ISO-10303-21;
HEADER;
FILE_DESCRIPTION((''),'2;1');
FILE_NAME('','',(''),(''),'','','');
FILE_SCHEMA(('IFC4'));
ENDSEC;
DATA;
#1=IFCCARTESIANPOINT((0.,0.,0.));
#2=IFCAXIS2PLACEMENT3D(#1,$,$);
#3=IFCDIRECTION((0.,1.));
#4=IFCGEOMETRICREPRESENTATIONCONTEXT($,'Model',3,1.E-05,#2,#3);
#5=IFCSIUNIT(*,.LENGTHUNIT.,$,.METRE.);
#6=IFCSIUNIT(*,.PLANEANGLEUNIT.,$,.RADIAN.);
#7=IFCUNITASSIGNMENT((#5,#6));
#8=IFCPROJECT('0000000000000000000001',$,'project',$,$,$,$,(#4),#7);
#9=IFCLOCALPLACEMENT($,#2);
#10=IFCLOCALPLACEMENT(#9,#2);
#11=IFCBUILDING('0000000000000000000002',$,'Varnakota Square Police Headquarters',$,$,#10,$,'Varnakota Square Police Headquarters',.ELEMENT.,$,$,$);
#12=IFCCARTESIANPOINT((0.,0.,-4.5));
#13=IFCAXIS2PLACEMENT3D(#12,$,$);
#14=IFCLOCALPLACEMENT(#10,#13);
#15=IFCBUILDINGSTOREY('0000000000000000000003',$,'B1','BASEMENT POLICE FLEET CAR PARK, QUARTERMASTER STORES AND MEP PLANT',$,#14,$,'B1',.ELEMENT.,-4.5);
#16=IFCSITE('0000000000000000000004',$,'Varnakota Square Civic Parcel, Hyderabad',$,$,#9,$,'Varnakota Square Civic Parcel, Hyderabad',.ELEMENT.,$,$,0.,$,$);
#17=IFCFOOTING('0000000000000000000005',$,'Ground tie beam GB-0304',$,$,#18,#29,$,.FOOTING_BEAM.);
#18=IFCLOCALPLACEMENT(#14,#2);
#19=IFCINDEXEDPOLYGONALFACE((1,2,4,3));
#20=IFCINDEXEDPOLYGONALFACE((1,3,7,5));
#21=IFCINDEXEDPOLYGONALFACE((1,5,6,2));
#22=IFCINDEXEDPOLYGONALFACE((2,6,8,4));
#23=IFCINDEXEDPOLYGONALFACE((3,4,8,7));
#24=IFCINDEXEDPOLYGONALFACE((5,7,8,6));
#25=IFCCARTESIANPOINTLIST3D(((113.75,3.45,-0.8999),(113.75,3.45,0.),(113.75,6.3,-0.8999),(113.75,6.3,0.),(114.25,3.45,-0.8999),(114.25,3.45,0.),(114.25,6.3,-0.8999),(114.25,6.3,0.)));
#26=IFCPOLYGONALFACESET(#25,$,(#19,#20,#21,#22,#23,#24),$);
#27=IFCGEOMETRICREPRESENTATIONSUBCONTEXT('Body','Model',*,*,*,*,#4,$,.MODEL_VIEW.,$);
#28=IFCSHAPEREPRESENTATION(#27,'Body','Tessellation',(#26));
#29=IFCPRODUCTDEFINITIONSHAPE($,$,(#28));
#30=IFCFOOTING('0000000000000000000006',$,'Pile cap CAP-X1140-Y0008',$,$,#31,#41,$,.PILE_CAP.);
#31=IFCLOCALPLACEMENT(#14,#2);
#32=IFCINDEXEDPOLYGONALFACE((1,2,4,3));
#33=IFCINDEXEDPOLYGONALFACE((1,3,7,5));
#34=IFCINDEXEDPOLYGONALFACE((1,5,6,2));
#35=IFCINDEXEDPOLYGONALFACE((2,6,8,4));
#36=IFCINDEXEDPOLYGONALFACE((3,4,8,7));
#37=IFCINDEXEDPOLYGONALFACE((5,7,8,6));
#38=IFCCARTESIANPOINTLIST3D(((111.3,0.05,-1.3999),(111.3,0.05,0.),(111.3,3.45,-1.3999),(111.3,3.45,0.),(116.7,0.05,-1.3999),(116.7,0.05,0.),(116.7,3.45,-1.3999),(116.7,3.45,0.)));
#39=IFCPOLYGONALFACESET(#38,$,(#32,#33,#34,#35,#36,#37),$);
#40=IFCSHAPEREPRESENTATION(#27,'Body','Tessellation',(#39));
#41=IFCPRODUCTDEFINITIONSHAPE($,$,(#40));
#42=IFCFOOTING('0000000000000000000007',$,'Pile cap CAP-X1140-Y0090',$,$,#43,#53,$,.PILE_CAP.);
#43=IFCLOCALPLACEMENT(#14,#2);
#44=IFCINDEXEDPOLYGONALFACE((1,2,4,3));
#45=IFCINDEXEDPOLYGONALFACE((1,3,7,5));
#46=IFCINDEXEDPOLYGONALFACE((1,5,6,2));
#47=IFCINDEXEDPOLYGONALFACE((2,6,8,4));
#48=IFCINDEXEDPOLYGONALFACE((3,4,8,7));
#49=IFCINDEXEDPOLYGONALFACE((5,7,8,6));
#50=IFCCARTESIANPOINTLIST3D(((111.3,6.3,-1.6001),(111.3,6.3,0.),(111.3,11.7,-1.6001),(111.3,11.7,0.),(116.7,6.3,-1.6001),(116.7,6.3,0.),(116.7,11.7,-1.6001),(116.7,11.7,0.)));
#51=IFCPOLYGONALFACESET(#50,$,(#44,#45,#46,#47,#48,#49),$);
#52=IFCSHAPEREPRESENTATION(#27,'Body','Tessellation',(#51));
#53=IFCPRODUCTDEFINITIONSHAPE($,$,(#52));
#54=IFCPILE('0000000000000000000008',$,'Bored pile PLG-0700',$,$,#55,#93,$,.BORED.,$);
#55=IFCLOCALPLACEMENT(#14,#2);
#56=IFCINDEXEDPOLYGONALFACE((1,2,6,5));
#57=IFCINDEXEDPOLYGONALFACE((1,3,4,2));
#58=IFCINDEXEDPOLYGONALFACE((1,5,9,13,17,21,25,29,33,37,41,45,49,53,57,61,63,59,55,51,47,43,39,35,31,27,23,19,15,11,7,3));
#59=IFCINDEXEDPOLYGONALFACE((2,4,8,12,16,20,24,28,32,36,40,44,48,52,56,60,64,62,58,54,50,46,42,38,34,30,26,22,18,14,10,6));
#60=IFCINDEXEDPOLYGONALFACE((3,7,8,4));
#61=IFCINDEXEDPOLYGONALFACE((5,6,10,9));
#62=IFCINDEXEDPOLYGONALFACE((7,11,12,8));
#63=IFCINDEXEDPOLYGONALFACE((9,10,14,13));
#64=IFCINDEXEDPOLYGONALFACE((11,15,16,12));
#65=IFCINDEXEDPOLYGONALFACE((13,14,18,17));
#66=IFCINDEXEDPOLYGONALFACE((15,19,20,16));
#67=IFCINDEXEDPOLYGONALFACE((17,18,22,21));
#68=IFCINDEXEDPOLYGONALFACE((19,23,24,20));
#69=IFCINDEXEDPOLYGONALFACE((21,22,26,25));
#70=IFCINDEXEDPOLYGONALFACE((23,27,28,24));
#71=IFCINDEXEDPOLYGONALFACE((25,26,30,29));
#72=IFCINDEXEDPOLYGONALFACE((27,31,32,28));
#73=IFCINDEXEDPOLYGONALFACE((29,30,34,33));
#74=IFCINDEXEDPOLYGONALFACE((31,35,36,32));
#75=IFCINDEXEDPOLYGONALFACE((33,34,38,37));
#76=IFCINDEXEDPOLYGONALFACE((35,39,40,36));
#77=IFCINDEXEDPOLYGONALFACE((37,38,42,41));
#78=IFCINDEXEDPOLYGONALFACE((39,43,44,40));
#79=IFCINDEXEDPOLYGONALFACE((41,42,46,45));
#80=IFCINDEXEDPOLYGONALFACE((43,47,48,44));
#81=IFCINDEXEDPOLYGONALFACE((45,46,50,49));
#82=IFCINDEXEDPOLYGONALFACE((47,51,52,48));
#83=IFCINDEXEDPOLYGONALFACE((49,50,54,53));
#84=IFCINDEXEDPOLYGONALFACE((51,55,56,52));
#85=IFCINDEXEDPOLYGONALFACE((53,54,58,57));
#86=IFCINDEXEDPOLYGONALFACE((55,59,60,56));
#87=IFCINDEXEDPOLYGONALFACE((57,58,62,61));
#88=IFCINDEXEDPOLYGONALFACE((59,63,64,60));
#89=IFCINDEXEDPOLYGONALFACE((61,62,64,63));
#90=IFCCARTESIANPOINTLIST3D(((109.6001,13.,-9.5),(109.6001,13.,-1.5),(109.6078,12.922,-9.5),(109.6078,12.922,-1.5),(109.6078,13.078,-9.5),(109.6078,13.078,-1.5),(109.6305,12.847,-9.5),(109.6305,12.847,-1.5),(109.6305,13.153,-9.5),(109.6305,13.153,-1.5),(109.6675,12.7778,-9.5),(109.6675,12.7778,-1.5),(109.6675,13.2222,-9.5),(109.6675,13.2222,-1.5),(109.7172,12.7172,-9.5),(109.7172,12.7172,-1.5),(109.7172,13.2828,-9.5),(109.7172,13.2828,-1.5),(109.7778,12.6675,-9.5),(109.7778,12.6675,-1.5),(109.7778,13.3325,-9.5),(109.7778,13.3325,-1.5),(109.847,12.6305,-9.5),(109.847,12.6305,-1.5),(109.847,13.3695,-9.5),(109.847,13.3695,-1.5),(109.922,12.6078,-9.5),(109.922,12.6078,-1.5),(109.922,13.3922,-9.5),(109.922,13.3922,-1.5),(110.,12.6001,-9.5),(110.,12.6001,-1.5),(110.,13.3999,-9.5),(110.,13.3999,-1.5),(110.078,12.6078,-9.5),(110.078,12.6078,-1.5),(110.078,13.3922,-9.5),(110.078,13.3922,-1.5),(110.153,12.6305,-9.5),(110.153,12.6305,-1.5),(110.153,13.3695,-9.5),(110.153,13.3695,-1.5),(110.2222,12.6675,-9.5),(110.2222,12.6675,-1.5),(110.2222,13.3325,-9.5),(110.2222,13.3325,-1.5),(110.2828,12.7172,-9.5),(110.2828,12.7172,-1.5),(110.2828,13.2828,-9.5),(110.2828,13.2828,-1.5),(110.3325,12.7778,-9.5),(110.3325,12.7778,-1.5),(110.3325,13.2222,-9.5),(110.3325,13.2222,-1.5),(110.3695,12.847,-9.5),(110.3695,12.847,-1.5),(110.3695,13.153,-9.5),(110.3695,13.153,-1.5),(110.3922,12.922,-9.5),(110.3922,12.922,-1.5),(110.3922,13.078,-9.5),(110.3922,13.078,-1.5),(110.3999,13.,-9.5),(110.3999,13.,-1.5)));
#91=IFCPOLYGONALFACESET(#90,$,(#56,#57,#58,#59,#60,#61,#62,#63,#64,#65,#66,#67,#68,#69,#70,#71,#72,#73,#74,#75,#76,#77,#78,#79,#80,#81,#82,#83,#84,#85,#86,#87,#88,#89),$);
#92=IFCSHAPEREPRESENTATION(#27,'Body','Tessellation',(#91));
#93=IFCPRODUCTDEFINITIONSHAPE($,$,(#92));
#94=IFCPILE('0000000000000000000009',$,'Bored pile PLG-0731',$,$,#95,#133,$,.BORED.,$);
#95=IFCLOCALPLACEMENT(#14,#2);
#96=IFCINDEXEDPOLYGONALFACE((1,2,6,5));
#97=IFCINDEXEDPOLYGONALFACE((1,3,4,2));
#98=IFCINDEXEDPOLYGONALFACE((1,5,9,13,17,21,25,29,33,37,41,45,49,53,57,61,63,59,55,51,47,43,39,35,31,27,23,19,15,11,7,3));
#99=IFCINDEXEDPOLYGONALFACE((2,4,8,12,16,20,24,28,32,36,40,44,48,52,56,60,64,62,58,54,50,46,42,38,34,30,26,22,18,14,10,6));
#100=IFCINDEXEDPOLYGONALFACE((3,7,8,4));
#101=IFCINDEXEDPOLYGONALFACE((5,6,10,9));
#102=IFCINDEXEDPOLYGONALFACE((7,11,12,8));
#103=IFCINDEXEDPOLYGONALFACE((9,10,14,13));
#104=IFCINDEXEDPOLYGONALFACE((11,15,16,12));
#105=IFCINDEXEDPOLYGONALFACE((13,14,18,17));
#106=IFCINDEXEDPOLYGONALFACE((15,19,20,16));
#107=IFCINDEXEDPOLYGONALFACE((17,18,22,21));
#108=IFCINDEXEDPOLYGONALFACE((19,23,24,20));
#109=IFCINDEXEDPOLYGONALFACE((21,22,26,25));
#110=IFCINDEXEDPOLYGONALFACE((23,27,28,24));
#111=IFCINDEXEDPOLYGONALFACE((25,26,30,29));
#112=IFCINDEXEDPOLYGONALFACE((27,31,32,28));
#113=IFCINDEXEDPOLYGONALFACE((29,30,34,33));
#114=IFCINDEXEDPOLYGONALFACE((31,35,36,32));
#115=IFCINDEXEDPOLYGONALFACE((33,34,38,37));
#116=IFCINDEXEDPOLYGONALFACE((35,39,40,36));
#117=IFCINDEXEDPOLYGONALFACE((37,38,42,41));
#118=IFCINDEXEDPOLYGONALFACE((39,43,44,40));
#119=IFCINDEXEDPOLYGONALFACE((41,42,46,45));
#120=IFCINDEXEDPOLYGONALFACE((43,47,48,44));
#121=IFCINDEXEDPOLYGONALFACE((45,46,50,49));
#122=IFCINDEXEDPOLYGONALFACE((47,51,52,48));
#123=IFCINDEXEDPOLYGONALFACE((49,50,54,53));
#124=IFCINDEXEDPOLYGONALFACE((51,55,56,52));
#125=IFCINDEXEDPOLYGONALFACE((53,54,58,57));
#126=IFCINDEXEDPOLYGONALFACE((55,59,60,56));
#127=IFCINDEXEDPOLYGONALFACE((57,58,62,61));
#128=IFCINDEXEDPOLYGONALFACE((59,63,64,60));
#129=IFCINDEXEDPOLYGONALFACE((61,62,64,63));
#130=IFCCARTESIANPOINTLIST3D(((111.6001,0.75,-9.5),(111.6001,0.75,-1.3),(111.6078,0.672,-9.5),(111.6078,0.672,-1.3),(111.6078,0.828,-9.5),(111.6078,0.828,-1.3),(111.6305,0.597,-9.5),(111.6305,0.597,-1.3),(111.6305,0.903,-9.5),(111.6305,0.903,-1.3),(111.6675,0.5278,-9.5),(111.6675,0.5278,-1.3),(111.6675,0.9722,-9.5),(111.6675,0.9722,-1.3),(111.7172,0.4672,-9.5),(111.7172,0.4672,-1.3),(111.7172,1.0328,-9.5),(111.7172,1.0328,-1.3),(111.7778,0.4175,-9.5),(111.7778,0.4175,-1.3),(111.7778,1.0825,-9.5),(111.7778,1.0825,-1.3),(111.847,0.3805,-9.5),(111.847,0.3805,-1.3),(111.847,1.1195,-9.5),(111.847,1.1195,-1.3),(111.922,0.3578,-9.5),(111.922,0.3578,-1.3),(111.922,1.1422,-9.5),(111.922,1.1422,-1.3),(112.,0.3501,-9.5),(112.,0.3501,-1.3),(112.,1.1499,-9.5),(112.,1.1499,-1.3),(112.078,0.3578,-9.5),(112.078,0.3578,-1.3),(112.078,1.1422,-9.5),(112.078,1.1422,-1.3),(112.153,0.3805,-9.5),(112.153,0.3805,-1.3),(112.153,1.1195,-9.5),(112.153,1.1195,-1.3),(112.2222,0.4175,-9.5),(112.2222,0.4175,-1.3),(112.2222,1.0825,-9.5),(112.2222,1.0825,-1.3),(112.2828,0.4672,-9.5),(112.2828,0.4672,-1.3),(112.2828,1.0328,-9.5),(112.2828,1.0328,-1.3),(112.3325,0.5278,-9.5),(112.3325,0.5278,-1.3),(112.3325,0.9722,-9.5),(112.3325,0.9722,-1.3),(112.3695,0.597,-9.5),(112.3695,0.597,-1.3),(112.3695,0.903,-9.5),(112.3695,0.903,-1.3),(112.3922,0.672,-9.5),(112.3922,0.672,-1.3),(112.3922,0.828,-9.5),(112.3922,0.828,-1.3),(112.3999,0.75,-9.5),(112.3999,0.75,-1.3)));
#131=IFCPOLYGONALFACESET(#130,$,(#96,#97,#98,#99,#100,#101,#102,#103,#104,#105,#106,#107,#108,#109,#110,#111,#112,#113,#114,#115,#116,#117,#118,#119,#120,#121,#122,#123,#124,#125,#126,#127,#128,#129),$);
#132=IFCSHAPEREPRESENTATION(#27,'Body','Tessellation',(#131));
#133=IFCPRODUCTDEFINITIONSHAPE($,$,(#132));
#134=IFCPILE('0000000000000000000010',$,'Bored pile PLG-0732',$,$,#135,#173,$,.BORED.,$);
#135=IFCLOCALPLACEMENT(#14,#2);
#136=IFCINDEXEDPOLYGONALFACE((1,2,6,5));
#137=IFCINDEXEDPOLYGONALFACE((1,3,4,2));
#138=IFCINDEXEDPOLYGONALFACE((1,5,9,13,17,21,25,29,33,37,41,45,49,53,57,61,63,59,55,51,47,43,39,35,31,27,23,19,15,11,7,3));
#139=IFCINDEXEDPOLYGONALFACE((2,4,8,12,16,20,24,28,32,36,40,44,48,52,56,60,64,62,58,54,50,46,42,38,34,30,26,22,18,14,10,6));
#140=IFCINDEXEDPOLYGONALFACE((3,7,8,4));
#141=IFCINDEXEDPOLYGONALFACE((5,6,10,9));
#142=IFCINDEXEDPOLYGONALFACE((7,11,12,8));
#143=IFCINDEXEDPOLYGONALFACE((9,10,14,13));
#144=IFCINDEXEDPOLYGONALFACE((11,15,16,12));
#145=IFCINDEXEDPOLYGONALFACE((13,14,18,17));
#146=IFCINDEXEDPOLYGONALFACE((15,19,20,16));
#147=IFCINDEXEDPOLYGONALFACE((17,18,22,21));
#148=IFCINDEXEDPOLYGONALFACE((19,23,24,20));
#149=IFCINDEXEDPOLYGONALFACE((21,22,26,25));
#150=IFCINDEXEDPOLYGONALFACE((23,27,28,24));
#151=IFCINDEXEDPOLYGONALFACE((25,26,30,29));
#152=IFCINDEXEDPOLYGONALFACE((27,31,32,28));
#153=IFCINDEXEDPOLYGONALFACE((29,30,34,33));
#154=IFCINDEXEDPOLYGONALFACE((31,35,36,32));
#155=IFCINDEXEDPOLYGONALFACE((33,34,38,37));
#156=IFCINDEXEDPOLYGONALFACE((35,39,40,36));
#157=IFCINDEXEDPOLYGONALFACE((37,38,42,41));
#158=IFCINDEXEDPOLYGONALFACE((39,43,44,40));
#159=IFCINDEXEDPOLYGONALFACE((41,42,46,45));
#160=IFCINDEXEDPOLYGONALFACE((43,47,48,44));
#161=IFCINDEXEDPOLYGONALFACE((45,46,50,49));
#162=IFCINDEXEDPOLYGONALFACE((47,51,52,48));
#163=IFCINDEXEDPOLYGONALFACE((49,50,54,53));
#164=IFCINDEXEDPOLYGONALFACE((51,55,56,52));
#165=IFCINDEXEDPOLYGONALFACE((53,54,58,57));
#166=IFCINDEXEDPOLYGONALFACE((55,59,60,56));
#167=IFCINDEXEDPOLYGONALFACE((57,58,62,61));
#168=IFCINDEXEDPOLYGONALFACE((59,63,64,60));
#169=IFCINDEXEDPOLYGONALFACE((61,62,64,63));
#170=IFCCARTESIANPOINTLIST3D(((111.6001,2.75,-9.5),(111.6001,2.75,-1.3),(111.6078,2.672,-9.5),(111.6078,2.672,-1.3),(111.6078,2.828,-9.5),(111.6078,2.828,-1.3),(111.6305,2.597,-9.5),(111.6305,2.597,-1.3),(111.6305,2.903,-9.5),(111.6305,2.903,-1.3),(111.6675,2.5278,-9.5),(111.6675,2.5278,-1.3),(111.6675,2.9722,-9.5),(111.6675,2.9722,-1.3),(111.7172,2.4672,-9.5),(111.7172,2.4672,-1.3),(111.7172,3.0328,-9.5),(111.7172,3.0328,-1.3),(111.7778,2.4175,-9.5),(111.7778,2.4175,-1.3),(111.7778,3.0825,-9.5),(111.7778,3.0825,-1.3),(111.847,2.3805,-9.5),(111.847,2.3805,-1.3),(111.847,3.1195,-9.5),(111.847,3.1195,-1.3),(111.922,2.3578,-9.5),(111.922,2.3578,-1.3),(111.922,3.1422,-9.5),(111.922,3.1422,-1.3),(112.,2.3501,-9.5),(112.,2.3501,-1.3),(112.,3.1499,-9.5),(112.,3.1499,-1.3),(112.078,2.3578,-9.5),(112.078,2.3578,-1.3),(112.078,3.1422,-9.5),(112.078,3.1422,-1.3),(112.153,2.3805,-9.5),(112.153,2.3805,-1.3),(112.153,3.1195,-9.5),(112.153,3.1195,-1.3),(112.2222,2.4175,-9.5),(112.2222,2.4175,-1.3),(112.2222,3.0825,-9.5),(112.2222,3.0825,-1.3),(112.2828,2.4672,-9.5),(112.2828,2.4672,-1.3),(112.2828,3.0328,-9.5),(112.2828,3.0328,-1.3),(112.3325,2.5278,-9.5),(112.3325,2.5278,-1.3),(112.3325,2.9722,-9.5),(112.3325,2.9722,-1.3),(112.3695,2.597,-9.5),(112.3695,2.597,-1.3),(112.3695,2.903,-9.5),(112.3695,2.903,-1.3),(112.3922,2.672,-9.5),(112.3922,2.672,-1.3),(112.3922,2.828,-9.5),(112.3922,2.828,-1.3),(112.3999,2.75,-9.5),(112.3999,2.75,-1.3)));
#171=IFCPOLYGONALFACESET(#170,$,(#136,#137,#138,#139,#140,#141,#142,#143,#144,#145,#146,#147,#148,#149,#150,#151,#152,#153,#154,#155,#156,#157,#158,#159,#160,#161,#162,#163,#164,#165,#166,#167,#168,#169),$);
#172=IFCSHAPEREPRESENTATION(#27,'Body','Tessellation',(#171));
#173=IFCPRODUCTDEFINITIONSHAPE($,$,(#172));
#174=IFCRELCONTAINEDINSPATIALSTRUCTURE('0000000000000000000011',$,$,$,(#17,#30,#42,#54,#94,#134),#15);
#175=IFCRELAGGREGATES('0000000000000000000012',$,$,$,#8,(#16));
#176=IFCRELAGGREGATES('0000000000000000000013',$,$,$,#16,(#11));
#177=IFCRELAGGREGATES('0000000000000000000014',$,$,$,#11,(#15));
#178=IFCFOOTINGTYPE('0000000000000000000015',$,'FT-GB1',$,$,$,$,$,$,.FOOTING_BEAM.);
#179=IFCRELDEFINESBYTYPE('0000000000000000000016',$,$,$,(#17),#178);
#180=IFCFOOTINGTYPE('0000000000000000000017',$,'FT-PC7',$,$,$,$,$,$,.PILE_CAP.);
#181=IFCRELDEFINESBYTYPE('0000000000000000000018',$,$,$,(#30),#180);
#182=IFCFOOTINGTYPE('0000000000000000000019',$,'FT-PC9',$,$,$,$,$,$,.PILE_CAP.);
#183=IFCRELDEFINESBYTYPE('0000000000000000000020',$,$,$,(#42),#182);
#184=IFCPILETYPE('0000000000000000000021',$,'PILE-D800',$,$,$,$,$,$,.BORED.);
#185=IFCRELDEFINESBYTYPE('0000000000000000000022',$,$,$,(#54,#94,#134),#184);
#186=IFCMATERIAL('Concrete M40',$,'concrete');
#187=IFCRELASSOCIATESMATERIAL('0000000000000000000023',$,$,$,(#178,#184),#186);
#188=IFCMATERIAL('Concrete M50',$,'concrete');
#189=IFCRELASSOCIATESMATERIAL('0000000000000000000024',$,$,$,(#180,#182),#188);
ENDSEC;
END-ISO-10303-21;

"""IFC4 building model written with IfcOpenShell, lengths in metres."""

from ifc_helpers import new_model, si_unit, direction, frame, origin, origin_2d, place, context, subcontext, project, spatial, rectangle, circle, extrude, material, material_profile, profile_set, type_object, element, save


model = new_model("IFC4")

# Units and contexts
model_context = context("Model", 3, precision=1e-05, world=origin(), true_north=direction((0.0, 1.0)))
body_context = subcontext(model_context, "Body", "Model", "MODEL_VIEW")
ifc_project = project(units=[si_unit("LENGTHUNIT", "METRE"), si_unit("PLANEANGLEUNIT", "RADIAN")], contexts=[model_context])

# Site, building, storey
site_placement = place(None, origin())
site = spatial("IfcSite", under=ifc_project, at=site_placement, Name="Varnakota Square Civic Parcel, Hyderabad", LongName="Varnakota Square Civic Parcel, Hyderabad", CompositionType="ELEMENT", RefElevation=0.0)
building_placement = place(site_placement, origin())
building = spatial("IfcBuilding", under=site, at=building_placement, Name="Varnakota Square Police Headquarters", LongName="Varnakota Square Police Headquarters", CompositionType="ELEMENT")
storey_placement = place(building_placement, frame((0.0, 0.0, -4.5)))
storey = spatial("IfcBuildingStorey", under=building, at=storey_placement, Name="B1", Description="BASEMENT POLICE FLEET CAR PARK, QUARTERMASTER STORES AND MEP PLANT", LongName="B1", CompositionType="ELEMENT", Elevation=-4.5)

# Footings
ifc_material_1 = material(Name="Concrete M40", Category="concrete")
ifc_material_profile_1 = material_profile(ifc_material_1, rectangle(XDim=0.5, YDim=0.8999, at=origin_2d()), Name="GB 500x900")
ifc_profile_set_1 = profile_set([ifc_material_profile_1], Name="Concrete M40")
footing_type_1 = type_object("IfcFootingType", Name="FT-GB1", PredefinedType="FOOTING_BEAM", material=ifc_profile_set_1)
footing_1_placement = place(storey_placement, frame((114.0, 3.45, -0.45), z_axis=(0.0, 1.0, 0.0), x_axis=(-1.0, 0.0, 0.0)))
element("IfcFooting", 1, at=footing_1_placement, inside=storey, type_object=footing_type_1, Name="Ground tie beam GB-0304", PredefinedType="FOOTING_BEAM", context=body_context, shape_type="SweptSolid", body=[
    extrude(rectangle(XDim=0.5, YDim=0.8999, at=origin_2d()), origin(), (0.0, 0.0, 1.0), 2.8501),
])
ifc_material_2 = material(Name="Concrete M50", Category="concrete")
footing_type_2 = type_object("IfcFootingType", Name="FT-PC7", PredefinedType="PILE_CAP", material=ifc_material_2)
footing_2_placement = place(storey_placement, frame((114.0, 1.75, -1.3999), z_axis=(0.0, 0.0, 1.0), x_axis=(1.0, 0.0, 0.0)))
element("IfcFooting", 2, at=footing_2_placement, inside=storey, type_object=footing_type_2, Name="Pile cap CAP-X1140-Y0008", PredefinedType="PILE_CAP", context=body_context, shape_type="SweptSolid", body=[
    extrude(rectangle(XDim=5.3999, YDim=3.3999, at=origin_2d()), origin(), (0.0, 0.0, 1.0), 1.3999),
])
footing_type_3 = type_object("IfcFootingType", Name="FT-PC9", PredefinedType="PILE_CAP", material=ifc_material_2)
footing_3_placement = place(storey_placement, frame((114.0, 9.0, -1.6001), z_axis=(0.0, 0.0, 1.0), x_axis=(1.0, 0.0, 0.0)))
element("IfcFooting", 3, at=footing_3_placement, inside=storey, type_object=footing_type_3, Name="Pile cap CAP-X1140-Y0090", PredefinedType="PILE_CAP", context=body_context, shape_type="SweptSolid", body=[
    extrude(rectangle(XDim=5.3999, YDim=5.3999, at=origin_2d()), origin(), (0.0, 0.0, 1.0), 1.6001),
])

# Piles
ifc_material_profile_2 = material_profile(ifc_material_1, circle(Radius=0.3999, at=origin_2d()), Name="BORED PILE 800")
ifc_profile_set_2 = profile_set([ifc_material_profile_2], Name="Concrete M40")
pile_type = type_object("IfcPileType", Name="PILE-D800", PredefinedType="BORED", material=ifc_profile_set_2)
pile_placement = place(storey_placement, frame((110.0, 13.0, -1.5), z_axis=(0.0, 0.0, -1.0), x_axis=(1.0, 0.0, 0.0)))
element("IfcPile", 4, at=pile_placement, inside=storey, type_object=pile_type, Name="Bored pile PLG-0700", PredefinedType="BORED", context=body_context, shape_type="SweptSolid", body=[
    extrude(circle(Radius=0.3999, at=origin_2d()), origin(), (0.0, 0.0, 1.0), 8.0),
])
for number, where, z_axis, x_axis, name in (
    (5, (112.0, 0.75, -1.3), (0.0, 0.0, -1.0), (1.0, 0.0, 0.0), "Bored pile PLG-0731"),
    (6, (112.0, 2.75, -1.3), (0.0, 0.0, -1.0), (1.0, 0.0, 0.0), "Bored pile PLG-0732"),
):
    element("IfcPile", number, at=place(storey_placement, frame(where, z_axis=z_axis, x_axis=x_axis)), inside=storey, type_object=pile_type, Name=name, PredefinedType="BORED", context=body_context, shape_type="SweptSolid", body=[
        extrude(circle(Radius=0.3999, at=origin_2d()), origin(), (0.0, 0.0, 1.0), 8.2),
    ])

save(model, "model.ifc")
